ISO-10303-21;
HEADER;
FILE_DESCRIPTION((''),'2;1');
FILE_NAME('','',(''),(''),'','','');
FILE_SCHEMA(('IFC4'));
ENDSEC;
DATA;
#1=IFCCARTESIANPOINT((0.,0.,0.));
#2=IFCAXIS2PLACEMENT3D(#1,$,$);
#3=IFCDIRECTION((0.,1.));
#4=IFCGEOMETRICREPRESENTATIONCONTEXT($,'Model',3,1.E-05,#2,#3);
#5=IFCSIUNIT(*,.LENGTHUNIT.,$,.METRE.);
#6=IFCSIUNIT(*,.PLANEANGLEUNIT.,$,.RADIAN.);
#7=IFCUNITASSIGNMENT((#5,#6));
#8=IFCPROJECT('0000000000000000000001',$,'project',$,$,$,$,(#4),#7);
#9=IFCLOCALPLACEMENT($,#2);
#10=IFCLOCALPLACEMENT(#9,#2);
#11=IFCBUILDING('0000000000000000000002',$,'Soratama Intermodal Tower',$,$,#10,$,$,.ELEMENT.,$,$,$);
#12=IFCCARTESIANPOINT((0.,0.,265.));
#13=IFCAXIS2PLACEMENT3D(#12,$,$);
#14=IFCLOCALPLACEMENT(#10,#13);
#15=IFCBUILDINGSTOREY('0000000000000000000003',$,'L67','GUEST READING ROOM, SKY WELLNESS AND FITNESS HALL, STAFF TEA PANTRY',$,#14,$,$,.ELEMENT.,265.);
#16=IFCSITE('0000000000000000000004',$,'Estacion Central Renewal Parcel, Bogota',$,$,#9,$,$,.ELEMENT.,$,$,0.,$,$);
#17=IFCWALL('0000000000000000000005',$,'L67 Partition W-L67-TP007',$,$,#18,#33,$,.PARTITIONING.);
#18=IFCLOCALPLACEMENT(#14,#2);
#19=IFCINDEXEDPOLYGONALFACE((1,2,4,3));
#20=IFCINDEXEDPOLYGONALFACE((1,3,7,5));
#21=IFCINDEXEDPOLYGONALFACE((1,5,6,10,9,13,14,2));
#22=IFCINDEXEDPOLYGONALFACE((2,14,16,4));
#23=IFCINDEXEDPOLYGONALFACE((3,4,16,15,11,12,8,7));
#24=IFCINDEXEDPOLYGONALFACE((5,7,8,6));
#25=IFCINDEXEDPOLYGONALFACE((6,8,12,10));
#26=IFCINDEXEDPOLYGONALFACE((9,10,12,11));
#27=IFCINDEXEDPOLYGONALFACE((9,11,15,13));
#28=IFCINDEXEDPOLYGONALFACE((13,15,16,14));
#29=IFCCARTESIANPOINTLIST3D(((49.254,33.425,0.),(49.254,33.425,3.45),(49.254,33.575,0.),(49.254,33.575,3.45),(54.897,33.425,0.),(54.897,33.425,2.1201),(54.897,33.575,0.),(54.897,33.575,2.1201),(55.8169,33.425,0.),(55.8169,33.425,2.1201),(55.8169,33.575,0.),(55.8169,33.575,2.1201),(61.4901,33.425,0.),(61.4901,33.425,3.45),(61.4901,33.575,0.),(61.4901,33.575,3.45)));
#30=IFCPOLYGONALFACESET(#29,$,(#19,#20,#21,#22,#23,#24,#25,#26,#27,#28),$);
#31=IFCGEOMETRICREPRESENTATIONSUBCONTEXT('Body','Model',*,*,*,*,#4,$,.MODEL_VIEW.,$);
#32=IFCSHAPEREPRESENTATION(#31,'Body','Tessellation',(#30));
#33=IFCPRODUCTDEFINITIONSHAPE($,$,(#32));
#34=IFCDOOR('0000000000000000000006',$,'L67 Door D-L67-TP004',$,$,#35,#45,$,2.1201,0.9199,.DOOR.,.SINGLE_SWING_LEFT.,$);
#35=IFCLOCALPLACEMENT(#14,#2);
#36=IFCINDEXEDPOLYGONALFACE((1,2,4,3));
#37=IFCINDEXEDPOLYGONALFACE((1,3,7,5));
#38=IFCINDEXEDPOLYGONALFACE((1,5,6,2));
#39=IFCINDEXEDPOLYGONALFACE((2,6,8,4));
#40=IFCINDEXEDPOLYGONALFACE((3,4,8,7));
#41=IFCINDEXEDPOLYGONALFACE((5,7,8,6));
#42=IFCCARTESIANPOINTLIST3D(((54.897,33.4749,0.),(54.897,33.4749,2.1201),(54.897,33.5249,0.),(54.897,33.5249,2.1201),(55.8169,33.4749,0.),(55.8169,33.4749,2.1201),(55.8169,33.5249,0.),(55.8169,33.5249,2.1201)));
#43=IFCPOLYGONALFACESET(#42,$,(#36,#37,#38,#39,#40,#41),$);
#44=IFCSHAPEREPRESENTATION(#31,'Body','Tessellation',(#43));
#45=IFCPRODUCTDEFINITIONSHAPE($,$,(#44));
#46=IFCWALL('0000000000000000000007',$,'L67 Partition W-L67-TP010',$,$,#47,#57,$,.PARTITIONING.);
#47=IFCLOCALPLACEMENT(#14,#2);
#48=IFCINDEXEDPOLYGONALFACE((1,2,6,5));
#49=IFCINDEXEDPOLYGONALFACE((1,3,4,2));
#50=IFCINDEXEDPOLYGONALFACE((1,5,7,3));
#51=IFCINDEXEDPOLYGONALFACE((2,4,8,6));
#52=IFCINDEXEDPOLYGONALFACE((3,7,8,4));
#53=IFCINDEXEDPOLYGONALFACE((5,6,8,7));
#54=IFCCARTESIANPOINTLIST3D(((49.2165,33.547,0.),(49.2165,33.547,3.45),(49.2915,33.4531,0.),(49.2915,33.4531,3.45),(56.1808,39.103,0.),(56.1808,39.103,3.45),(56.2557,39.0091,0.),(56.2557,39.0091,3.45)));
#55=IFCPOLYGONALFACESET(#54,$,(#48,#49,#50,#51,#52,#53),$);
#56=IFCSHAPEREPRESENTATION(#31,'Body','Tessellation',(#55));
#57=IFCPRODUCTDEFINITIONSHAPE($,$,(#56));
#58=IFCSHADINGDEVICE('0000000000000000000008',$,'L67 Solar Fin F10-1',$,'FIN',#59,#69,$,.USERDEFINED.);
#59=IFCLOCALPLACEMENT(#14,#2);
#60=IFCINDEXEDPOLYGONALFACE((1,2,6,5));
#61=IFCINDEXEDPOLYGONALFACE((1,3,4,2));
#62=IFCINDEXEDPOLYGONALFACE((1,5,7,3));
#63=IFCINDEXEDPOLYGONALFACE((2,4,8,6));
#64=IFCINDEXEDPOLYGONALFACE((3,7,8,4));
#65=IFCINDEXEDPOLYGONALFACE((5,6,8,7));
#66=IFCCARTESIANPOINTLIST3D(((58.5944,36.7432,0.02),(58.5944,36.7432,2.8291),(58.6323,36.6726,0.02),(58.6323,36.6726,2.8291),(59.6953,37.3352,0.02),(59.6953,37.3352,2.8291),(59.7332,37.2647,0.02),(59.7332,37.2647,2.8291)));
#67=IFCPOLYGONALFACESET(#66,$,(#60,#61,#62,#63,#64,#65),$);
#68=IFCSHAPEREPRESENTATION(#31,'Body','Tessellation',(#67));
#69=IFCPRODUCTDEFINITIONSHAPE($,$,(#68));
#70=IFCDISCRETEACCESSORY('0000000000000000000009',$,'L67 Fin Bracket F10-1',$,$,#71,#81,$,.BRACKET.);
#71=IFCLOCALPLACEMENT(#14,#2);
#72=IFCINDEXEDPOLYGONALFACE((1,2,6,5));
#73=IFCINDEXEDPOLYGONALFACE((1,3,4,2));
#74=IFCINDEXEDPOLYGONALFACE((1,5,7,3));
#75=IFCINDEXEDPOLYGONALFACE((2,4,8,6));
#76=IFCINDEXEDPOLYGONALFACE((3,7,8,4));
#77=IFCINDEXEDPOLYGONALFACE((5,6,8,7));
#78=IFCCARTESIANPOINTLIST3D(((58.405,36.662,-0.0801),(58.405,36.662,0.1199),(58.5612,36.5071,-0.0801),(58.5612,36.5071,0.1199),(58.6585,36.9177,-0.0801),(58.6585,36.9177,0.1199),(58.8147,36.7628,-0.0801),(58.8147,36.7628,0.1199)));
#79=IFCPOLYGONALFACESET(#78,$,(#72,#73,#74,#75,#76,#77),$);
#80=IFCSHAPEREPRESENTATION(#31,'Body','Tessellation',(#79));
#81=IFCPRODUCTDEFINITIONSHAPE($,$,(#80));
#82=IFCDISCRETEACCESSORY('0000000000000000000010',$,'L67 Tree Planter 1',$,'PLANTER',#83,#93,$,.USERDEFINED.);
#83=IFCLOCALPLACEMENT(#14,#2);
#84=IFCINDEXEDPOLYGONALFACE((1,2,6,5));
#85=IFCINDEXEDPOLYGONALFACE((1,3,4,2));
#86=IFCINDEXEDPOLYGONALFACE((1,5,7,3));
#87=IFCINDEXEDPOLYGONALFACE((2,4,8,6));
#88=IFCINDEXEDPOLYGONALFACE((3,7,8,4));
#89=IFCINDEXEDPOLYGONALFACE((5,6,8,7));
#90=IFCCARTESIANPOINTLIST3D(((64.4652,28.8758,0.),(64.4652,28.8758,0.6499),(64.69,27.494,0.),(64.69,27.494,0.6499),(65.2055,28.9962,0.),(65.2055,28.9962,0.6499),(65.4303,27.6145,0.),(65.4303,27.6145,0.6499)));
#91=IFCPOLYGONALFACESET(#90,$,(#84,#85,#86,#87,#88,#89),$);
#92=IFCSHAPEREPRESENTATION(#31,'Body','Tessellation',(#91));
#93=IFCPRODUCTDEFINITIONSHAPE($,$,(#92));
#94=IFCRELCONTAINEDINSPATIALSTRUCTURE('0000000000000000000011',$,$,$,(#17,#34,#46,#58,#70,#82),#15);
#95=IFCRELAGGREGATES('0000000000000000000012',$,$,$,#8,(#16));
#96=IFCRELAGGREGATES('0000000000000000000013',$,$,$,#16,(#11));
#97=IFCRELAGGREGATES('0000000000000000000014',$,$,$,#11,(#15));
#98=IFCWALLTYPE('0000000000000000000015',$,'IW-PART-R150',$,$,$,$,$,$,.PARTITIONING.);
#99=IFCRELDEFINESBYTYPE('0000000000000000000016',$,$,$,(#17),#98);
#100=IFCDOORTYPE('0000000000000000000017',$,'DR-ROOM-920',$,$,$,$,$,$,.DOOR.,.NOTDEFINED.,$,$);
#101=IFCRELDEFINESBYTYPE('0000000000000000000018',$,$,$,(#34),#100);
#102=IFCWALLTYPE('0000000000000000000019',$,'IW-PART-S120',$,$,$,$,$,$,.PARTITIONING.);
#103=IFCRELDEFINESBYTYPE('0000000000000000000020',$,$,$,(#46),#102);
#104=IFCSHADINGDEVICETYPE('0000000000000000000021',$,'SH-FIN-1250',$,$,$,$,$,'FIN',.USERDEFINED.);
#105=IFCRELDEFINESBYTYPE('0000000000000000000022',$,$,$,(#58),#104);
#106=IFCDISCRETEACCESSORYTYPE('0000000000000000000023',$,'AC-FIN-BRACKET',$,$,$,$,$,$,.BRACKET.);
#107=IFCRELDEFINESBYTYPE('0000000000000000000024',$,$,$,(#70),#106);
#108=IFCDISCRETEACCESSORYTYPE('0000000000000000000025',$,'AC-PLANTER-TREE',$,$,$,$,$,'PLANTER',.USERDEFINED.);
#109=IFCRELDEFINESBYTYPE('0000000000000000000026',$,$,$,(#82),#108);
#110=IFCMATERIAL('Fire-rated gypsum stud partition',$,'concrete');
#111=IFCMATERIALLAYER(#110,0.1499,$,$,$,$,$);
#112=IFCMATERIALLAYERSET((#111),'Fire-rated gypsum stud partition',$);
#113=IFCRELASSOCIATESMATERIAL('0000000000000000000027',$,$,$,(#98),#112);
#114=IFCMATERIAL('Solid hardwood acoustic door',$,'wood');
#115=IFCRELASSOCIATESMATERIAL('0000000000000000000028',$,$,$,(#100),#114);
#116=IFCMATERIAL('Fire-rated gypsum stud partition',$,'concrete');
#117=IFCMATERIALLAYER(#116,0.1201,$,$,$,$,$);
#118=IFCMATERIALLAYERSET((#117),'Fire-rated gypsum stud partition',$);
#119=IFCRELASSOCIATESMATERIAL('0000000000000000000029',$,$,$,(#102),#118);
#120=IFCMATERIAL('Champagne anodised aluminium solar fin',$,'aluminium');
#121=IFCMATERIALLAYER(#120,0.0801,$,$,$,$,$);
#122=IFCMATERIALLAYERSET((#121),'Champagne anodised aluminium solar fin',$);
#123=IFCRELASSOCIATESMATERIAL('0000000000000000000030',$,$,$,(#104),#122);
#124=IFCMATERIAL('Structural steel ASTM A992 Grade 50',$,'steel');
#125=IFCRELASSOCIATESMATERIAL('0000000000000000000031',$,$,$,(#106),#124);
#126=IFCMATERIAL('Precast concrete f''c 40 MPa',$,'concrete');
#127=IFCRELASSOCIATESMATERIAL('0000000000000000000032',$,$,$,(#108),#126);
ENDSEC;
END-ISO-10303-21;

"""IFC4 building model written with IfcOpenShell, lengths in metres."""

from ifc_helpers import new_model, si_unit, direction, frame, frame_2d, origin, origin_2d, place, context, subcontext, project, spatial, rectangle, extrude, material, layer, layer_set, type_object, element, fill, save


model = new_model("IFC4")

# Units and contexts
model_context = context("Model", 3, precision=1e-05, world=origin(), true_north=direction((0.0, 1.0)))
body_context = subcontext(model_context, "Body", "Model", "MODEL_VIEW")
ifc_project = project(units=[si_unit("LENGTHUNIT", "METRE"), si_unit("PLANEANGLEUNIT", "RADIAN")], contexts=[model_context])

# Site, building, storey
site_placement = place(None, origin())
site = spatial("IfcSite", under=ifc_project, at=site_placement, Name="Estacion Central Renewal Parcel, Bogota", CompositionType="ELEMENT", RefElevation=0.0)
building_placement = place(site_placement, origin())
building = spatial("IfcBuilding", under=site, at=building_placement, Name="Soratama Intermodal Tower", CompositionType="ELEMENT")
storey_placement = place(building_placement, frame((0.0, 0.0, 265.0)))
storey = spatial("IfcBuildingStorey", under=building, at=storey_placement, Name="L67", Description="GUEST READING ROOM, SKY WELLNESS AND FITNESS HALL, STAFF TEA PANTRY", CompositionType="ELEMENT", Elevation=265.0)

# Wall, opening, door
ifc_material_1 = material(Name="Fire-rated gypsum stud partition", Category="concrete")
ifc_layer_1 = layer(ifc_material_1, 0.1499)
ifc_layer_set_1 = layer_set([ifc_layer_1], Name="Fire-rated gypsum stud partition")
wall_type_1 = type_object("IfcWallType", Name="IW-PART-R150", PredefinedType="PARTITIONING", material=ifc_layer_set_1)
ifc_material_2 = material(Name="Solid hardwood acoustic door", Category="wood")
door_type = type_object("IfcDoorType", Name="DR-ROOM-920", OperationType="NOTDEFINED", PredefinedType="DOOR", material=ifc_material_2)
wall_1_placement = place(storey_placement, frame((49.2539, 33.5, 0.0), z_axis=(0.0, 0.0, 1.0), x_axis=(1.0, 0.0, 0.0)))
wall_1 = element("IfcWall", 1, at=wall_1_placement, inside=storey, type_object=wall_type_1, Name="L67 Partition W-L67-TP007", PredefinedType="PARTITIONING", context=body_context, shape_type="SweptSolid", body=[
    extrude(rectangle(XDim=12.2361, YDim=0.1499, at=frame_2d((6.1182, 0.0))), origin(), (0.0, 0.0, 1.0), 3.45),
])
opening_1_placement = place(wall_1_placement, frame((5.6431, 0.0, 0.0)))
opening_1 = element("IfcOpeningElement", 2, at=opening_1_placement, cuts=wall_1, PredefinedType="OPENING", context=body_context, shape_type="SweptSolid", body=[
    extrude(rectangle(XDim=0.9199, YDim=2.1201, at=frame_2d((0.46, 1.0601))), frame((0.0, 0.085, 0.0), z_axis=(0.0, -1.0, 0.0), x_axis=(1.0, 0.0, 0.0)), (0.0, 0.0, 1.0), 0.1699),
])
door_1_placement = place(opening_1_placement, origin())
door_1 = element("IfcDoor", 3, at=door_1_placement, inside=storey, type_object=door_type, Name="L67 Door D-L67-TP004", OperationType="SINGLE_SWING_LEFT", OverallHeight=2.1201, OverallWidth=0.9199, PredefinedType="DOOR", context=body_context, shape_type="SweptSolid", body=[
    extrude(rectangle(XDim=0.9199, YDim=2.1201, at=frame_2d((0.46, 1.0601))), frame((0.0, 0.0249, 0.0), z_axis=(0.0, -1.0, 0.0), x_axis=(1.0, 0.0, 0.0)), (0.0, 0.0, 1.0), 0.05),
])
fill(opening_1, door_1)

# Wall
ifc_material_3 = material(Name="Fire-rated gypsum stud partition", Category="concrete")
ifc_layer_2 = layer(ifc_material_3, 0.1201)
ifc_layer_set_2 = layer_set([ifc_layer_2], Name="Fire-rated gypsum stud partition")
wall_type_2 = type_object("IfcWallType", Name="IW-PART-S120", PredefinedType="PARTITIONING", material=ifc_layer_set_2)
wall_2_placement = place(storey_placement, frame((49.2539, 33.5, 0.0), z_axis=(0.0, 0.0, 1.0), x_axis=(0.78171, 0.623642, 0.0)))
element("IfcWall", 4, at=wall_2_placement, inside=storey, type_object=wall_type_2, Name="L67 Partition W-L67-TP010", PredefinedType="PARTITIONING", context=body_context, shape_type="SweptSolid", body=[
    extrude(rectangle(XDim=8.9089, YDim=0.1201, at=frame_2d((4.4546, 0.0))), origin(), (0.0, 0.0, 1.0), 3.45),
])

# Shading device
ifc_material_4 = material(Name="Champagne anodised aluminium solar fin", Category="aluminium")
ifc_layer_3 = layer(ifc_material_4, 0.0801)
ifc_layer_set_3 = layer_set([ifc_layer_3], Name="Champagne anodised aluminium solar fin")
shading_device_type = type_object("IfcShadingDeviceType", Name="SH-FIN-1250", ElementType="FIN", PredefinedType="USERDEFINED", material=ifc_layer_set_3)
shading_device_placement = place(storey_placement, frame((59.1638, 37.0039, 0.02), z_axis=(0.0, 0.0, 1.0), x_axis=(0.880725, 0.473627, 0.0)))
element("IfcShadingDevice", 5, at=shading_device_placement, inside=storey, type_object=shading_device_type, Name="L67 Solar Fin F10-1", ObjectType="FIN", PredefinedType="USERDEFINED", context=body_context, shape_type="SweptSolid", body=[
    extrude(rectangle(XDim=1.25, YDim=0.0801, at=origin_2d()), origin(), (0.0, 0.0, 1.0), 2.8091),
])

# Discrete accessories
ifc_material_5 = material(Name="Structural steel ASTM A992 Grade 50", Category="steel")
discrete_accessory_type_1 = type_object("IfcDiscreteAccessoryType", Name="AC-FIN-BRACKET", PredefinedType="BRACKET", material=ifc_material_5)
discrete_accessory_1_placement = place(storey_placement, frame((58.6099, 36.7124, -0.0801), z_axis=(0.0, 0.0, 1.0), x_axis=(0.704139, 0.710062, 0.0)))
element("IfcDiscreteAccessory", 6, at=discrete_accessory_1_placement, inside=storey, type_object=discrete_accessory_type_1, Name="L67 Fin Bracket F10-1", PredefinedType="BRACKET", context=body_context, shape_type="SweptSolid", body=[
    extrude(rectangle(XDim=0.3601, YDim=0.22, at=origin_2d()), origin(), (0.0, 0.0, 1.0), 0.2),
])
ifc_material_6 = material(Name="Precast concrete f'c 40 MPa", Category="concrete")
discrete_accessory_type_2 = type_object("IfcDiscreteAccessoryType", Name="AC-PLANTER-TREE", ElementType="PLANTER", PredefinedType="USERDEFINED", material=ifc_material_6)
discrete_accessory_2_placement = place(storey_placement, frame((64.9478, 28.2451, 0.0), z_axis=(0.0, 0.0, 1.0), x_axis=(0.987024, 0.16057, 0.0)))
element("IfcDiscreteAccessory", 7, at=discrete_accessory_2_placement, inside=storey, type_object=discrete_accessory_type_2, Name="L67 Tree Planter 1", ObjectType="PLANTER", PredefinedType="USERDEFINED", context=body_context, shape_type="SweptSolid", body=[
    extrude(rectangle(XDim=0.75, YDim=1.3999, at=origin_2d()), origin(), (0.0, 0.0, 1.0), 0.6499),
])

save(model, "model.ifc")
